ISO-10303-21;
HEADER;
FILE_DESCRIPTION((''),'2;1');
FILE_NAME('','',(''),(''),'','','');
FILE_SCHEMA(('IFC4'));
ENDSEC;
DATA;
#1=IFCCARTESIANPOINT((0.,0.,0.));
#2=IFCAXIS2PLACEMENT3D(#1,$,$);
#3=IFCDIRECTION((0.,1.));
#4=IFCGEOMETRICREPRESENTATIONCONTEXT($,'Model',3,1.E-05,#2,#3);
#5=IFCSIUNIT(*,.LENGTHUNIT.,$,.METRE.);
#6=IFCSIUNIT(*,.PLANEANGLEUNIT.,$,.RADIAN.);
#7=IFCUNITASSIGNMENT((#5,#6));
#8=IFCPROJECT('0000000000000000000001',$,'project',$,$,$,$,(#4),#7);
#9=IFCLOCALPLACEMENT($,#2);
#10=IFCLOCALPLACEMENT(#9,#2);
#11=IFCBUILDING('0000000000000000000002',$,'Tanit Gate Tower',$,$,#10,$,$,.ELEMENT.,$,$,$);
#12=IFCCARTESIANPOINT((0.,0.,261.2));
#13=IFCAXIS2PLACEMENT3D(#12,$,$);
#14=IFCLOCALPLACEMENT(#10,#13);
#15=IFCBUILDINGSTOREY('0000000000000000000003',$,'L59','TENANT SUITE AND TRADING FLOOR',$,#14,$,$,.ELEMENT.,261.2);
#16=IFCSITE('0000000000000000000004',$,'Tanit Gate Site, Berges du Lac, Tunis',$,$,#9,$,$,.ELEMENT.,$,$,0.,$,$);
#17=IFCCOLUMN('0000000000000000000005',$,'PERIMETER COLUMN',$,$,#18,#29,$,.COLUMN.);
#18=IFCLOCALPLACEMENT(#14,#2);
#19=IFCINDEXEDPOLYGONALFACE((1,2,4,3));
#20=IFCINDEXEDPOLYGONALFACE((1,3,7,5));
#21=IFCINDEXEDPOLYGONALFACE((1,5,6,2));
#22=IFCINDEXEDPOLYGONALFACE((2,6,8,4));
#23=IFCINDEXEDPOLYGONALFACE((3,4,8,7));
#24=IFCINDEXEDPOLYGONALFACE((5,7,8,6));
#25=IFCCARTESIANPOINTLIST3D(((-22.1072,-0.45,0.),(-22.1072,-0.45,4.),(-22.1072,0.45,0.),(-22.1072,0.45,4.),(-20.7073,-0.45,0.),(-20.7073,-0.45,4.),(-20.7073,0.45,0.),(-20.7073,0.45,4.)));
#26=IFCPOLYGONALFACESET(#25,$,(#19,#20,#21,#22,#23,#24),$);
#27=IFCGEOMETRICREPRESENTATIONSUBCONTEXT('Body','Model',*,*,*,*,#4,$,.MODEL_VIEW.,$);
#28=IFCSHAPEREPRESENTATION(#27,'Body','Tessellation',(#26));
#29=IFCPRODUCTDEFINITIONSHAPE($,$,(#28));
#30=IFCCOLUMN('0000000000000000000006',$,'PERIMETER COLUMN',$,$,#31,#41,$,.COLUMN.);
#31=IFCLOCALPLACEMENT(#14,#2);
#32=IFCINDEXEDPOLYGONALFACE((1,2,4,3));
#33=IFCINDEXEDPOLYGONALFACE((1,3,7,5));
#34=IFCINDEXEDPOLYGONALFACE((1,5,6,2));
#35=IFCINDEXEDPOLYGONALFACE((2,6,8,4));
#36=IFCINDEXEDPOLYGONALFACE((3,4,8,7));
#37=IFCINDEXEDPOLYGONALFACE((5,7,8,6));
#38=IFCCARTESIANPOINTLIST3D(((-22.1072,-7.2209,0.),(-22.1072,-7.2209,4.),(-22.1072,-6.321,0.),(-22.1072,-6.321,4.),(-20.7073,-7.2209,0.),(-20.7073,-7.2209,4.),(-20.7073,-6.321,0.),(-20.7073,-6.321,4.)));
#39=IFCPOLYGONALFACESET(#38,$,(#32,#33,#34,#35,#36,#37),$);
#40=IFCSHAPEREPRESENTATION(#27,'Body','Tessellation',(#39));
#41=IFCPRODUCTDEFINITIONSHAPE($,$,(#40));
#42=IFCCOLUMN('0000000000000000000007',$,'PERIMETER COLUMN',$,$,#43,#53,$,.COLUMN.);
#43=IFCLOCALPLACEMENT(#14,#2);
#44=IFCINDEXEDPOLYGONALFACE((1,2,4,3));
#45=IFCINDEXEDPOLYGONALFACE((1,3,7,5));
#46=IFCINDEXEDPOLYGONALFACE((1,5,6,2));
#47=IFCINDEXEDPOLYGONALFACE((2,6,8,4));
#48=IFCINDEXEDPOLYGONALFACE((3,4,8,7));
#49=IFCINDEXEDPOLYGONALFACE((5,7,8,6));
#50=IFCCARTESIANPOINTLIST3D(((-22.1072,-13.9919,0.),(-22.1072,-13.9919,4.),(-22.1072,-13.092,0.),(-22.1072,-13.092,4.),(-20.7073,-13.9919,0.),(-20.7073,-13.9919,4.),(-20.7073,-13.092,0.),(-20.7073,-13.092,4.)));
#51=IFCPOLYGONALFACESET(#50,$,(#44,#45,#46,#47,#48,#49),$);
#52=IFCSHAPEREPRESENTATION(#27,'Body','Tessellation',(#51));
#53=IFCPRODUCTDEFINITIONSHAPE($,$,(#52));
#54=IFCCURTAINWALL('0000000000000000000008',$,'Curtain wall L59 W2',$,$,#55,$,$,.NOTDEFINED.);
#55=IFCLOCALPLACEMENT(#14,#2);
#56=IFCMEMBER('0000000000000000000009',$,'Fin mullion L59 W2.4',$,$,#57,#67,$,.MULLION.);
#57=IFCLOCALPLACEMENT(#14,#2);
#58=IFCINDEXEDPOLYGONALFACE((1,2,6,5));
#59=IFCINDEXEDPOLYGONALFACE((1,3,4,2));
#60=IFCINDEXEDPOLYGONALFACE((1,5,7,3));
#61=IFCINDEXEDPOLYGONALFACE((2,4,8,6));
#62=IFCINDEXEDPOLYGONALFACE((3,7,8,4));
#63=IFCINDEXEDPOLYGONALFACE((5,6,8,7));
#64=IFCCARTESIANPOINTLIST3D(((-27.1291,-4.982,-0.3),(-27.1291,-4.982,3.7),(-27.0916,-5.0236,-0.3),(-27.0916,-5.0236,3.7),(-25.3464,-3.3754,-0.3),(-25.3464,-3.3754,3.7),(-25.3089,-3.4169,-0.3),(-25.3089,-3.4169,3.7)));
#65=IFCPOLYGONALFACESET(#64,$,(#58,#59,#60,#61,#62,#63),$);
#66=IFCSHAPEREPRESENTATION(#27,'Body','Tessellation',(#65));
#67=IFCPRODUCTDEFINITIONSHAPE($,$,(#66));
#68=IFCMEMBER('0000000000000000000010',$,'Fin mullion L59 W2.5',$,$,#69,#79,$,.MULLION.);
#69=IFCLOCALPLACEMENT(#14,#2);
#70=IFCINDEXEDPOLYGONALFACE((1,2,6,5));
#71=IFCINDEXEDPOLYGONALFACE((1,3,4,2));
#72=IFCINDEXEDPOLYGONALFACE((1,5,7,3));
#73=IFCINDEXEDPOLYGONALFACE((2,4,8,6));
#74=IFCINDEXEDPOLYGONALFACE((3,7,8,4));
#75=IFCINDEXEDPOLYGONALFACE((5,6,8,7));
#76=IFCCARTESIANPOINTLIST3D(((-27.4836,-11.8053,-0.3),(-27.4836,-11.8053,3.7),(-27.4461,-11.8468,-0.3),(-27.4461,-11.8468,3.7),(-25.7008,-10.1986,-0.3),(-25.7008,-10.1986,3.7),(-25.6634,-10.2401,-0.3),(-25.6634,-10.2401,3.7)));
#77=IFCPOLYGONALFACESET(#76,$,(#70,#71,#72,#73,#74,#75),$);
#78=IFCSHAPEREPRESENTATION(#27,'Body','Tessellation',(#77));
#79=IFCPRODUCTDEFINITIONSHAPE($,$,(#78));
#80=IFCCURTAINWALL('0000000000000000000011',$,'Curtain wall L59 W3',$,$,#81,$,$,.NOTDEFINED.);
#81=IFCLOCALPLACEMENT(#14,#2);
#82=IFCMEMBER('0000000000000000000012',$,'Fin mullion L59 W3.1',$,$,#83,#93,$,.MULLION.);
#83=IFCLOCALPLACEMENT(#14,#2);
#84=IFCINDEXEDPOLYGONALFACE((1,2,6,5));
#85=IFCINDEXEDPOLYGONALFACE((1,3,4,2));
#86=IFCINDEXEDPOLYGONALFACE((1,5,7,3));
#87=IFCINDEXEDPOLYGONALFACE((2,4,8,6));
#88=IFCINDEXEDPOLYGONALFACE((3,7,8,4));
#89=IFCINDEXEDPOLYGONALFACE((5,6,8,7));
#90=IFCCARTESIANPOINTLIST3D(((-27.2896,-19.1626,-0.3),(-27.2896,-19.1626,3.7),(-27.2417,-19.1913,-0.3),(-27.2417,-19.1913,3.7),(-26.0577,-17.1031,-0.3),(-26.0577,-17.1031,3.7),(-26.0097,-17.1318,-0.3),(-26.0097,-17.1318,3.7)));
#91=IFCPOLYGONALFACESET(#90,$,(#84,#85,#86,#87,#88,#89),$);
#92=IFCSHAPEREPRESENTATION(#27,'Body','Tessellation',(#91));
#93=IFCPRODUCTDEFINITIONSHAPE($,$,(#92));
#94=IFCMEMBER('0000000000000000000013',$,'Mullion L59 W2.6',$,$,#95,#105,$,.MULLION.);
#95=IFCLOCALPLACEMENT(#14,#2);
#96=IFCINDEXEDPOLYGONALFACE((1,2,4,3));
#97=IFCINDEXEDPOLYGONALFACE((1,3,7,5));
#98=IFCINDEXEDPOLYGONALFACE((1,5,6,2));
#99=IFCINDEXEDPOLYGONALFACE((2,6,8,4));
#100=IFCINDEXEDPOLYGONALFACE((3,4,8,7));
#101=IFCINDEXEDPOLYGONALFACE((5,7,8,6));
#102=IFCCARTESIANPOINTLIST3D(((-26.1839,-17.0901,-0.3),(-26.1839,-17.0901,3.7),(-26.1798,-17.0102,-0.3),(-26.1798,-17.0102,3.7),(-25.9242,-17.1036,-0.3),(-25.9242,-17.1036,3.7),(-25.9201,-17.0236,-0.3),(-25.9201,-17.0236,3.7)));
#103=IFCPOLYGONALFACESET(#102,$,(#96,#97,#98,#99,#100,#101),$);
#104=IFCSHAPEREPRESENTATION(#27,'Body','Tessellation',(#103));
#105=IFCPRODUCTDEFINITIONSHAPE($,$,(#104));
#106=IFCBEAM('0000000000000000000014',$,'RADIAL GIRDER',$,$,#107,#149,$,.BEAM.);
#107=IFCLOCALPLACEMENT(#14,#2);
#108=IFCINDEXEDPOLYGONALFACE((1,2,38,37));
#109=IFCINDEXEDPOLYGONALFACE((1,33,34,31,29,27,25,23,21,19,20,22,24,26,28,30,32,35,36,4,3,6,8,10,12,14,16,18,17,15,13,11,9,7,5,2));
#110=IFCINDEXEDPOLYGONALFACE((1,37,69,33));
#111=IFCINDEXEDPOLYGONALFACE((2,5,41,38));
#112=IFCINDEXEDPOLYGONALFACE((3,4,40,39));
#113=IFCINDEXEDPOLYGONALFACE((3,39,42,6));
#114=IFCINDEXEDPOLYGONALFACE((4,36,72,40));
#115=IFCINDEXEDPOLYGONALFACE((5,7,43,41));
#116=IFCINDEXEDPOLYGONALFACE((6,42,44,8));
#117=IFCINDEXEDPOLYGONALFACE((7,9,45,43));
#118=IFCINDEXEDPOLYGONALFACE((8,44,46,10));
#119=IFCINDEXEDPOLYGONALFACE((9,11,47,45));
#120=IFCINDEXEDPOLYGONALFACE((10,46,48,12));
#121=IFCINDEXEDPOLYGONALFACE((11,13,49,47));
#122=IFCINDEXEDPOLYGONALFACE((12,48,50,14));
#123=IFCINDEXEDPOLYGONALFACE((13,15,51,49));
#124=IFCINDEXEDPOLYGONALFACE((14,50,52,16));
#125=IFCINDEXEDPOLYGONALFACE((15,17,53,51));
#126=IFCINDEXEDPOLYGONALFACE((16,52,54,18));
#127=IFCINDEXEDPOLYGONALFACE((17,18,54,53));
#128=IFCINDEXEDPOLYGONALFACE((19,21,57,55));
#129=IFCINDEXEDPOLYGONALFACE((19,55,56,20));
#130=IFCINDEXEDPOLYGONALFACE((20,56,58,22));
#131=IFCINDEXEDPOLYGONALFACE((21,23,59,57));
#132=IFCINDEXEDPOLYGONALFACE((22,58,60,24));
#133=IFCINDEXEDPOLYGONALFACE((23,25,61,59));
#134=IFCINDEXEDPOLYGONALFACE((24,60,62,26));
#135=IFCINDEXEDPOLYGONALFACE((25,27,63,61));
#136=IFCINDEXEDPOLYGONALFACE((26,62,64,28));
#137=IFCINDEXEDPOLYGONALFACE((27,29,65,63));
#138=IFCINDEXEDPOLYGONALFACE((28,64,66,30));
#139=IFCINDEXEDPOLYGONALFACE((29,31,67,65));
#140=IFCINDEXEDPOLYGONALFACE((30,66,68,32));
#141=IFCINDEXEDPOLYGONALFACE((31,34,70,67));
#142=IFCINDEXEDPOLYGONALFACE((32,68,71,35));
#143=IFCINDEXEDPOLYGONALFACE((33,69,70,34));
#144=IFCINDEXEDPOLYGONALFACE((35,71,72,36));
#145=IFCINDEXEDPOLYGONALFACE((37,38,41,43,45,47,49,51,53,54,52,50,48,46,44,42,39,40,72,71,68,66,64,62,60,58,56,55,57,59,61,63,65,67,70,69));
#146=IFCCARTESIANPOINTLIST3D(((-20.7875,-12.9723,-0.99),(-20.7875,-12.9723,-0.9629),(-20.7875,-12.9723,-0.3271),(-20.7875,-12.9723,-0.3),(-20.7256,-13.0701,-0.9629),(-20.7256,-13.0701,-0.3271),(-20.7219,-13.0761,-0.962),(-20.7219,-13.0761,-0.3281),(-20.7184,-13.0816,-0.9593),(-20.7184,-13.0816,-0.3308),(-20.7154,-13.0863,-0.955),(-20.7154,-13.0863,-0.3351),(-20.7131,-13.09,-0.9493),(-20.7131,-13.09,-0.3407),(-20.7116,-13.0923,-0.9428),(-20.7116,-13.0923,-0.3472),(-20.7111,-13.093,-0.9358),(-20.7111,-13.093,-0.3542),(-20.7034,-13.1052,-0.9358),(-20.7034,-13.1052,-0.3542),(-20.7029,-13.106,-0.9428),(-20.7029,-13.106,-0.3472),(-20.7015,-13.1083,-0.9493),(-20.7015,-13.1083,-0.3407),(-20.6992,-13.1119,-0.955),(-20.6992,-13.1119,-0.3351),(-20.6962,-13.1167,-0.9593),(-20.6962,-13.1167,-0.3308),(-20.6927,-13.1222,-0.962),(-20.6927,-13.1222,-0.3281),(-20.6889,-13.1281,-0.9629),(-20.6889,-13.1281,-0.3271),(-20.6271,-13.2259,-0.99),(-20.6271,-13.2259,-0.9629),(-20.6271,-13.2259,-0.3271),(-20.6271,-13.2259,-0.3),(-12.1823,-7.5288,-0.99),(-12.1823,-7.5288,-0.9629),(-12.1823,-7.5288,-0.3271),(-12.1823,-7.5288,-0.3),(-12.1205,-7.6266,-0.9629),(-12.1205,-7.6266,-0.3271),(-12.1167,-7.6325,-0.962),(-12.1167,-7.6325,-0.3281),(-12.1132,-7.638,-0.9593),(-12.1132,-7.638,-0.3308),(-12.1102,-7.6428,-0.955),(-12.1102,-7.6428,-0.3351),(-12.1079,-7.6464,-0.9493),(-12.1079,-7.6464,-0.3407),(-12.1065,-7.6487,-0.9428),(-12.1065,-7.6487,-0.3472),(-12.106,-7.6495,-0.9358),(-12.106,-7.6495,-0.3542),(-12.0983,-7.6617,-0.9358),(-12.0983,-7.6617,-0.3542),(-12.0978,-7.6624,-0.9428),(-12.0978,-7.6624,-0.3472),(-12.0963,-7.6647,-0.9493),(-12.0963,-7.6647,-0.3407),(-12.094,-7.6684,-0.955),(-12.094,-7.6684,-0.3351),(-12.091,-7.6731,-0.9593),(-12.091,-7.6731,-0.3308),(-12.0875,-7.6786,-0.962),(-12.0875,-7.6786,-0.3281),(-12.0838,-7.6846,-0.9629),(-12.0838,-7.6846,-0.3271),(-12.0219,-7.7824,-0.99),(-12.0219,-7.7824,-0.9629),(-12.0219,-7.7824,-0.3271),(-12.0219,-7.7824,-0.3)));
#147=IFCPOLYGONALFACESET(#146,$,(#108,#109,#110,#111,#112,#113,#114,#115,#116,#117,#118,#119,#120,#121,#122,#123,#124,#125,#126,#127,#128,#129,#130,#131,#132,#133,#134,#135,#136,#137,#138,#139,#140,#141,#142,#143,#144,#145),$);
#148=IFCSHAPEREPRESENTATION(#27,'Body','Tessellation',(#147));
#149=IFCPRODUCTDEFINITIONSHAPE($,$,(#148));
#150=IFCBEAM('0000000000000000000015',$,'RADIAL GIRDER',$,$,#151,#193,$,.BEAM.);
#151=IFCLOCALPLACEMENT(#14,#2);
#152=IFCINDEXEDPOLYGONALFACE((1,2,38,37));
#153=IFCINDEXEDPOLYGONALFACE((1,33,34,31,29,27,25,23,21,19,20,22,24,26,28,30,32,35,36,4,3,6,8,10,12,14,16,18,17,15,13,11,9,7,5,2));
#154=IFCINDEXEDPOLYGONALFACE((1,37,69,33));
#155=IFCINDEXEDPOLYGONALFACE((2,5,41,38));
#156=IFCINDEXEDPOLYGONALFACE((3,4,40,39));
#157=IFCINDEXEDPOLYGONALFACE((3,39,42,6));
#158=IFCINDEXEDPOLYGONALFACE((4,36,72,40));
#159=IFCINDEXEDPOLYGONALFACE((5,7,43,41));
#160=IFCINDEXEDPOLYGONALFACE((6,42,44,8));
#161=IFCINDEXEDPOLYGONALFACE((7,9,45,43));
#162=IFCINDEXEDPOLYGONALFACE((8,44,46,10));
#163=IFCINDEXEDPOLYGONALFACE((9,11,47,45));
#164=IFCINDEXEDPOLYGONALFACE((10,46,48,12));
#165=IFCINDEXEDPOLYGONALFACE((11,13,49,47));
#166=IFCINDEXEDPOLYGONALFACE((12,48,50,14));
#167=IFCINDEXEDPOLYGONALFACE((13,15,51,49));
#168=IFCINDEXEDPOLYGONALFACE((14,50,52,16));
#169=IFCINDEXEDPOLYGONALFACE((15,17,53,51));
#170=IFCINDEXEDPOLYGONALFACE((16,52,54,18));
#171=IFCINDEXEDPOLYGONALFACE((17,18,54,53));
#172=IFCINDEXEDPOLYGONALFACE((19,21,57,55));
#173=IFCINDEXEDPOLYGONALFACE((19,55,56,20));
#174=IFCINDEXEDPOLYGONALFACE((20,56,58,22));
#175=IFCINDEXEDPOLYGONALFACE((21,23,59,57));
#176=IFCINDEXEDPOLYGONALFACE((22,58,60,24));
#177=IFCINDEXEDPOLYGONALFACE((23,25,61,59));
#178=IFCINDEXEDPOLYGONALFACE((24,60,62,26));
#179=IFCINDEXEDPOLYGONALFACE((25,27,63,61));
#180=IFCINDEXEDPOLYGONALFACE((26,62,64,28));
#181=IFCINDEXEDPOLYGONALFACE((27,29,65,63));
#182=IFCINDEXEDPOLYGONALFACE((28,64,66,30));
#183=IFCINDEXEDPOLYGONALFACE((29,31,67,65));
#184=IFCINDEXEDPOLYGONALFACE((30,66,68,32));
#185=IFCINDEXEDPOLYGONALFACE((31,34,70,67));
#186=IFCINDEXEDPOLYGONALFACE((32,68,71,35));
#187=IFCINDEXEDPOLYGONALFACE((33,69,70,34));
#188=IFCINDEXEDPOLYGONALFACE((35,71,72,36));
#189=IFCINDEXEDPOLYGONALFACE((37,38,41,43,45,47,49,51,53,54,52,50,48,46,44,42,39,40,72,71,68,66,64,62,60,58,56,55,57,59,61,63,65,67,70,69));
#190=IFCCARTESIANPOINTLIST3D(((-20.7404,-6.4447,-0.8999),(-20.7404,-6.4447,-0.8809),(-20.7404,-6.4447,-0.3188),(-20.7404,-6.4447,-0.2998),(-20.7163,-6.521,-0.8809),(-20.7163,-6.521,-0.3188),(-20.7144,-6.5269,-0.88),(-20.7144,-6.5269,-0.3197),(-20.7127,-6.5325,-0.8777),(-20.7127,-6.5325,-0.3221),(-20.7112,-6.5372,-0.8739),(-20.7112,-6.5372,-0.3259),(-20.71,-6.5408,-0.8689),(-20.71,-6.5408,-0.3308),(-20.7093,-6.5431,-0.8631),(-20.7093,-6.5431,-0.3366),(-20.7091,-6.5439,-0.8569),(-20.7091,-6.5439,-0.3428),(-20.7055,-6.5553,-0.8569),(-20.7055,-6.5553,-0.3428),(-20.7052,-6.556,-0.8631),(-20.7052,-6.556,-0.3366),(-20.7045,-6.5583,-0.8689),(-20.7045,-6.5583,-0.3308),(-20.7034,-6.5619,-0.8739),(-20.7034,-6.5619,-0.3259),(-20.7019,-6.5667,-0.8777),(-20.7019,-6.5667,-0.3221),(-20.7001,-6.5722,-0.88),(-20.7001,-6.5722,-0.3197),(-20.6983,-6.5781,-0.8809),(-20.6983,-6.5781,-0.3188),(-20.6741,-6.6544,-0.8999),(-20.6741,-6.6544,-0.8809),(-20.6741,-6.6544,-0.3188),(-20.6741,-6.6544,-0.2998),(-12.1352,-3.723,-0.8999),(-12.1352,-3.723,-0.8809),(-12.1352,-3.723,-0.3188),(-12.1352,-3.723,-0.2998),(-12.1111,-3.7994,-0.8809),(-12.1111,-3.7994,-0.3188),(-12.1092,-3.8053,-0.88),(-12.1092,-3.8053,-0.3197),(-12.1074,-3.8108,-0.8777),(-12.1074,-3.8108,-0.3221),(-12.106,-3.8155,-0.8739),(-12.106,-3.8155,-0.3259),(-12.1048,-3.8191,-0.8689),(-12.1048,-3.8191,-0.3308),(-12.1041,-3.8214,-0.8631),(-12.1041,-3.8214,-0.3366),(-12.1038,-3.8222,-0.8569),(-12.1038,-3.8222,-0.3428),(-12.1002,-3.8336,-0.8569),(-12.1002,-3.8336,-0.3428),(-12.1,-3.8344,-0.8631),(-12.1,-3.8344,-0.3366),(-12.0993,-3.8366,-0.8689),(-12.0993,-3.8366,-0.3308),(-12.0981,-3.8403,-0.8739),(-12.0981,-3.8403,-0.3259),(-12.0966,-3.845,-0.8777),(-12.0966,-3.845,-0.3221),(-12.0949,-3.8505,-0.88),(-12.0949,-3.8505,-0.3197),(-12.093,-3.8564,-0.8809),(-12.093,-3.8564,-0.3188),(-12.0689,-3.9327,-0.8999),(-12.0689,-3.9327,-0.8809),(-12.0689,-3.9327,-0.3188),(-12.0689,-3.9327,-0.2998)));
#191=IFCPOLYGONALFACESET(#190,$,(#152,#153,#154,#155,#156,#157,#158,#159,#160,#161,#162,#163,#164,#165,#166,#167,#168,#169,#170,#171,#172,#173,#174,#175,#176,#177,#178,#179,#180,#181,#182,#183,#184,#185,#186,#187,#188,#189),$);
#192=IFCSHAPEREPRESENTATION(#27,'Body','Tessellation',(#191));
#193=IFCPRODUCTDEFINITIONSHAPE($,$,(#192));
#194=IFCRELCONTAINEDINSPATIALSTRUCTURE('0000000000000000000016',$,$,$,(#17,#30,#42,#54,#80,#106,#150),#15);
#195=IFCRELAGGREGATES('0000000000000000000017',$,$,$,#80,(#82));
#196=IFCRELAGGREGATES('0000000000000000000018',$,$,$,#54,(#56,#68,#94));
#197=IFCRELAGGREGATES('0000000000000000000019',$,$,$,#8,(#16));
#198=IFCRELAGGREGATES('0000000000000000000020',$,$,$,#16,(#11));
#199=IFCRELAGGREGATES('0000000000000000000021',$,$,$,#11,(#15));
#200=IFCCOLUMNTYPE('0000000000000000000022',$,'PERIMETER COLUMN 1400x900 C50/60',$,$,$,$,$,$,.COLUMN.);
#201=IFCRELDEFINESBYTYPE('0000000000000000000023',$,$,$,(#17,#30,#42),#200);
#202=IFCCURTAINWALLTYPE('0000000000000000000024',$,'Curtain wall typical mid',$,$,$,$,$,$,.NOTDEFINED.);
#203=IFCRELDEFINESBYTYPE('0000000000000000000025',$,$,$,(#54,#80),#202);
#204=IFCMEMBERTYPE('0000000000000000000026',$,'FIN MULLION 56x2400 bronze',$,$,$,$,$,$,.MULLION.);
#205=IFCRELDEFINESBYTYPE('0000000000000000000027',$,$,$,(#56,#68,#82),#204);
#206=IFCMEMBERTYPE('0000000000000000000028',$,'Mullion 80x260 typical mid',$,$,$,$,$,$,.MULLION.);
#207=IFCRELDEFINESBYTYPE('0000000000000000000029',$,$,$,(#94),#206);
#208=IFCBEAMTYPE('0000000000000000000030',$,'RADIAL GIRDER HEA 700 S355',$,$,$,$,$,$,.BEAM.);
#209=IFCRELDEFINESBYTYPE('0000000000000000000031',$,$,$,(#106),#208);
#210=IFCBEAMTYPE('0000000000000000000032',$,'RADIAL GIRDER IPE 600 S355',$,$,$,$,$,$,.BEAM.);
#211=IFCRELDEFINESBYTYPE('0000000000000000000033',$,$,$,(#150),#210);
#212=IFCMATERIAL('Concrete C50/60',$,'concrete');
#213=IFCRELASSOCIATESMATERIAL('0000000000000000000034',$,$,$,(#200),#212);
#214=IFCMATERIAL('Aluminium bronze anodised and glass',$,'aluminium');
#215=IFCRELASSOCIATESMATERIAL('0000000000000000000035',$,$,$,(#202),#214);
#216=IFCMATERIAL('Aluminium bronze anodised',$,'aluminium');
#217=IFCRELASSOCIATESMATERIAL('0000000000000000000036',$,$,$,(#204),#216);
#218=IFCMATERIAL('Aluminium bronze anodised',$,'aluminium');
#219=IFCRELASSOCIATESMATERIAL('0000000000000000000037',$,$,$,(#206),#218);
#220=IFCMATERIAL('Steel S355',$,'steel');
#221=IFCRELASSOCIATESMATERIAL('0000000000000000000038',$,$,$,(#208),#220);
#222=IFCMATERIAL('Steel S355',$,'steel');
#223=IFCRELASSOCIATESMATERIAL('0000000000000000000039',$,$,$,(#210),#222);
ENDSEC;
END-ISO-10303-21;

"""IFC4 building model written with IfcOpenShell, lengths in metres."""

from ifc_helpers import new_model, si_unit, direction, frame, origin, origin_2d, place, context, subcontext, project, spatial, rectangle, i_section, extrude, material, material_profile, profile_set, type_object, element, aggregate, save


model = new_model("IFC4")

# Units and contexts
model_context = context("Model", 3, precision=1e-05, world=origin(), true_north=direction((0.0, 1.0)))
body_context = subcontext(model_context, "Body", "Model", "MODEL_VIEW")
ifc_project = project(units=[si_unit("LENGTHUNIT", "METRE"), si_unit("PLANEANGLEUNIT", "RADIAN")], contexts=[model_context])

# Site, building, storey
site_placement = place(None, origin())
site = spatial("IfcSite", under=ifc_project, at=site_placement, Name="Tanit Gate Site, Berges du Lac, Tunis", CompositionType="ELEMENT", RefElevation=0.0)
building_placement = place(site_placement, origin())
building = spatial("IfcBuilding", under=site, at=building_placement, Name="Tanit Gate Tower", CompositionType="ELEMENT")
storey_placement = place(building_placement, frame((0.0, 0.0, 261.2)))
storey = spatial("IfcBuildingStorey", under=building, at=storey_placement, Name="L59", Description="TENANT SUITE AND TRADING FLOOR", CompositionType="ELEMENT", Elevation=261.2)

# Columns
ifc_material_1 = material(Name="Concrete C50/60", Category="concrete")
ifc_material_profile_1 = material_profile(ifc_material_1, rectangle(XDim=1.3999, YDim=0.8999, at=origin_2d()), Name="RC 1400x900")
ifc_profile_set_1 = profile_set([ifc_material_profile_1], Name="Concrete C50/60")
column_type = type_object("IfcColumnType", Name="PERIMETER COLUMN 1400x900 C50/60", PredefinedType="COLUMN", material=ifc_profile_set_1)
for number, where, z_axis, x_axis, name in (
    (1, (-21.4072, 0.0, 0.0), (0.0, 0.0, 1.0), (-1.0, 0.0, 0.0), "PERIMETER COLUMN"),
    (2, (-21.4072, -6.771, 0.0), (0.0, 0.0, 1.0), (-1.0, 0.0, 0.0), "PERIMETER COLUMN"),
    (3, (-21.4072, -13.542, 0.0), (0.0, 0.0, 1.0), (-1.0, 0.0, 0.0), "PERIMETER COLUMN"),
):
    element("IfcColumn", number, at=place(storey_placement, frame(where, z_axis=z_axis, x_axis=x_axis)), inside=storey, type_object=column_type, Name=name, PredefinedType="COLUMN", context=body_context, shape_type="SweptSolid", body=[
        extrude(rectangle(XDim=1.3999, YDim=0.8999, at=origin_2d()), origin(), (0.0, 0.0, 1.0), 4.0),
    ])

# Curtain wall, members
ifc_material_2 = material(Name="Aluminium bronze anodised and glass", Category="aluminium")
curtain_wall_type = type_object("IfcCurtainWallType", Name="Curtain wall typical mid", PredefinedType="NOTDEFINED", material=ifc_material_2)
curtain_wall_1_placement = place(storey_placement, origin())
curtain_wall_1 = element("IfcCurtainWall", 4, at=curtain_wall_1_placement, inside=storey, type_object=curtain_wall_type, Name="Curtain wall L59 W2", PredefinedType="NOTDEFINED")
ifc_material_3 = material(Name="Aluminium bronze anodised", Category="aluminium")
ifc_material_profile_2 = material_profile(ifc_material_3, rectangle(XDim=2.3999, YDim=0.0559, at=origin_2d()), Name="56x2400 bronze fin mullion")
ifc_profile_set_2 = profile_set([ifc_material_profile_2], Name="Aluminium bronze anodised")
member_type_1 = type_object("IfcMemberType", Name="FIN MULLION 56x2400 bronze", PredefinedType="MULLION", material=ifc_profile_set_2)
member_1_placement = place(storey_placement, frame((-26.219, -4.1995, -0.3), z_axis=(0.0, 0.0, 1.0), x_axis=(0.742829, 0.669481, 0.0)))
member_1 = element("IfcMember", 5, at=member_1_placement, type_object=member_type_1, Name="Fin mullion L59 W2.4", PredefinedType="MULLION", context=body_context, shape_type="SweptSolid", body=[
    extrude(rectangle(XDim=2.3999, YDim=0.0559, at=origin_2d()), origin(), (0.0, 0.0, 1.0), 4.0),
])
member_2_placement = place(storey_placement, frame((-26.5735, -11.0227, -0.3), z_axis=(0.0, 0.0, 1.0), x_axis=(0.742829, 0.669481, 0.0)))
member_2 = element("IfcMember", 6, at=member_2_placement, type_object=member_type_1, Name="Fin mullion L59 W2.5", PredefinedType="MULLION", context=body_context, shape_type="SweptSolid", body=[
    extrude(rectangle(XDim=2.3999, YDim=0.0559, at=origin_2d()), origin(), (0.0, 0.0, 1.0), 4.0),
])

# Curtain wall, member
curtain_wall_2_placement = place(storey_placement, origin())
curtain_wall_2 = element("IfcCurtainWall", 7, at=curtain_wall_2_placement, inside=storey, type_object=curtain_wall_type, Name="Curtain wall L59 W3", PredefinedType="NOTDEFINED")
member_3_placement = place(storey_placement, frame((-26.6497, -18.1472, -0.3), z_axis=(0.0, 0.0, 1.0), x_axis=(0.513349, 0.85818, 0.0)))
member_3 = element("IfcMember", 8, at=member_3_placement, type_object=member_type_1, Name="Fin mullion L59 W3.1", PredefinedType="MULLION", context=body_context, shape_type="SweptSolid", body=[
    extrude(rectangle(XDim=2.3999, YDim=0.0559, at=origin_2d()), origin(), (0.0, 0.0, 1.0), 4.0),
])

# Member
ifc_material_4 = material(Name="Aluminium bronze anodised", Category="aluminium")
ifc_material_profile_3 = material_profile(ifc_material_4, rectangle(XDim=0.26, YDim=0.0801, at=origin_2d()), Name="80x260 bronze mullion")
ifc_profile_set_3 = profile_set([ifc_material_profile_3], Name="Aluminium bronze anodised")
member_type_2 = type_object("IfcMemberType", Name="Mullion 80x260 typical mid", PredefinedType="MULLION", material=ifc_profile_set_3)
member_4_placement = place(storey_placement, frame((-26.052, -17.0569, -0.3), z_axis=(0.0, 0.0, 1.0), x_axis=(0.998654, -0.051865, 0.0)))
member_4 = element("IfcMember", 9, at=member_4_placement, type_object=member_type_2, Name="Mullion L59 W2.6", PredefinedType="MULLION", context=body_context, shape_type="SweptSolid", body=[
    extrude(rectangle(XDim=0.26, YDim=0.0801, at=origin_2d()), origin(), (0.0, 0.0, 1.0), 4.0),
])

# Beams
ifc_material_5 = material(Name="Steel S355", Category="steel")
ifc_material_profile_4 = material_profile(ifc_material_5, i_section(OverallWidth=0.3, OverallDepth=0.6899, WebThickness=0.0144, FlangeThickness=0.0271, FilletRadius=0.0271, at=origin_2d()), Name="HEA 700")
ifc_profile_set_4 = profile_set([ifc_material_profile_4], Name="Steel S355")
beam_type_1 = type_object("IfcBeamType", Name="RADIAL GIRDER HEA 700 S355", PredefinedType="BEAM", material=ifc_profile_set_4)
beam_1_placement = place(storey_placement, frame((-20.7073, -13.0991, -0.645), z_axis=(0.845102, 0.534605, 0.0), x_axis=(-0.534605, 0.845102, 0.0)))
element("IfcBeam", 10, at=beam_1_placement, inside=storey, type_object=beam_type_1, Name="RADIAL GIRDER", PredefinedType="BEAM", context=body_context, shape_type="SweptSolid", body=[
    extrude(i_section(OverallWidth=0.3, OverallDepth=0.6899, WebThickness=0.0144, FlangeThickness=0.0271, FilletRadius=0.0271, at=origin_2d()), origin(), (0.0, 0.0, 1.0), 10.1824),
])
ifc_material_6 = material(Name="Steel S355", Category="steel")
ifc_material_profile_5 = material_profile(ifc_material_6, i_section(OverallWidth=0.22, OverallDepth=0.6001, WebThickness=0.012, FlangeThickness=0.019, FilletRadius=0.0239, at=origin_2d()), Name="IPE 600")
ifc_profile_set_5 = profile_set([ifc_material_profile_5], Name="Steel S355")
beam_type_2 = type_object("IfcBeamType", Name="RADIAL GIRDER IPE 600 S355", PredefinedType="BEAM", material=ifc_profile_set_5)
beam_2_placement = place(storey_placement, frame((-20.7073, -6.5496, -0.5999), z_axis=(0.953448, 0.301559, 0.0), x_axis=(-0.301559, 0.953448, 0.0)))
element("IfcBeam", 11, at=beam_2_placement, inside=storey, type_object=beam_type_2, Name="RADIAL GIRDER", PredefinedType="BEAM", context=body_context, shape_type="SweptSolid", body=[
    extrude(i_section(OverallWidth=0.22, OverallDepth=0.6001, WebThickness=0.012, FlangeThickness=0.019, FilletRadius=0.0239, at=origin_2d()), origin(), (0.0, 0.0, 1.0), 9.0254),
])

aggregate(curtain_wall_2, [member_3])

aggregate(curtain_wall_1, [member_1, member_2, member_4])

save(model, "model.ifc")
